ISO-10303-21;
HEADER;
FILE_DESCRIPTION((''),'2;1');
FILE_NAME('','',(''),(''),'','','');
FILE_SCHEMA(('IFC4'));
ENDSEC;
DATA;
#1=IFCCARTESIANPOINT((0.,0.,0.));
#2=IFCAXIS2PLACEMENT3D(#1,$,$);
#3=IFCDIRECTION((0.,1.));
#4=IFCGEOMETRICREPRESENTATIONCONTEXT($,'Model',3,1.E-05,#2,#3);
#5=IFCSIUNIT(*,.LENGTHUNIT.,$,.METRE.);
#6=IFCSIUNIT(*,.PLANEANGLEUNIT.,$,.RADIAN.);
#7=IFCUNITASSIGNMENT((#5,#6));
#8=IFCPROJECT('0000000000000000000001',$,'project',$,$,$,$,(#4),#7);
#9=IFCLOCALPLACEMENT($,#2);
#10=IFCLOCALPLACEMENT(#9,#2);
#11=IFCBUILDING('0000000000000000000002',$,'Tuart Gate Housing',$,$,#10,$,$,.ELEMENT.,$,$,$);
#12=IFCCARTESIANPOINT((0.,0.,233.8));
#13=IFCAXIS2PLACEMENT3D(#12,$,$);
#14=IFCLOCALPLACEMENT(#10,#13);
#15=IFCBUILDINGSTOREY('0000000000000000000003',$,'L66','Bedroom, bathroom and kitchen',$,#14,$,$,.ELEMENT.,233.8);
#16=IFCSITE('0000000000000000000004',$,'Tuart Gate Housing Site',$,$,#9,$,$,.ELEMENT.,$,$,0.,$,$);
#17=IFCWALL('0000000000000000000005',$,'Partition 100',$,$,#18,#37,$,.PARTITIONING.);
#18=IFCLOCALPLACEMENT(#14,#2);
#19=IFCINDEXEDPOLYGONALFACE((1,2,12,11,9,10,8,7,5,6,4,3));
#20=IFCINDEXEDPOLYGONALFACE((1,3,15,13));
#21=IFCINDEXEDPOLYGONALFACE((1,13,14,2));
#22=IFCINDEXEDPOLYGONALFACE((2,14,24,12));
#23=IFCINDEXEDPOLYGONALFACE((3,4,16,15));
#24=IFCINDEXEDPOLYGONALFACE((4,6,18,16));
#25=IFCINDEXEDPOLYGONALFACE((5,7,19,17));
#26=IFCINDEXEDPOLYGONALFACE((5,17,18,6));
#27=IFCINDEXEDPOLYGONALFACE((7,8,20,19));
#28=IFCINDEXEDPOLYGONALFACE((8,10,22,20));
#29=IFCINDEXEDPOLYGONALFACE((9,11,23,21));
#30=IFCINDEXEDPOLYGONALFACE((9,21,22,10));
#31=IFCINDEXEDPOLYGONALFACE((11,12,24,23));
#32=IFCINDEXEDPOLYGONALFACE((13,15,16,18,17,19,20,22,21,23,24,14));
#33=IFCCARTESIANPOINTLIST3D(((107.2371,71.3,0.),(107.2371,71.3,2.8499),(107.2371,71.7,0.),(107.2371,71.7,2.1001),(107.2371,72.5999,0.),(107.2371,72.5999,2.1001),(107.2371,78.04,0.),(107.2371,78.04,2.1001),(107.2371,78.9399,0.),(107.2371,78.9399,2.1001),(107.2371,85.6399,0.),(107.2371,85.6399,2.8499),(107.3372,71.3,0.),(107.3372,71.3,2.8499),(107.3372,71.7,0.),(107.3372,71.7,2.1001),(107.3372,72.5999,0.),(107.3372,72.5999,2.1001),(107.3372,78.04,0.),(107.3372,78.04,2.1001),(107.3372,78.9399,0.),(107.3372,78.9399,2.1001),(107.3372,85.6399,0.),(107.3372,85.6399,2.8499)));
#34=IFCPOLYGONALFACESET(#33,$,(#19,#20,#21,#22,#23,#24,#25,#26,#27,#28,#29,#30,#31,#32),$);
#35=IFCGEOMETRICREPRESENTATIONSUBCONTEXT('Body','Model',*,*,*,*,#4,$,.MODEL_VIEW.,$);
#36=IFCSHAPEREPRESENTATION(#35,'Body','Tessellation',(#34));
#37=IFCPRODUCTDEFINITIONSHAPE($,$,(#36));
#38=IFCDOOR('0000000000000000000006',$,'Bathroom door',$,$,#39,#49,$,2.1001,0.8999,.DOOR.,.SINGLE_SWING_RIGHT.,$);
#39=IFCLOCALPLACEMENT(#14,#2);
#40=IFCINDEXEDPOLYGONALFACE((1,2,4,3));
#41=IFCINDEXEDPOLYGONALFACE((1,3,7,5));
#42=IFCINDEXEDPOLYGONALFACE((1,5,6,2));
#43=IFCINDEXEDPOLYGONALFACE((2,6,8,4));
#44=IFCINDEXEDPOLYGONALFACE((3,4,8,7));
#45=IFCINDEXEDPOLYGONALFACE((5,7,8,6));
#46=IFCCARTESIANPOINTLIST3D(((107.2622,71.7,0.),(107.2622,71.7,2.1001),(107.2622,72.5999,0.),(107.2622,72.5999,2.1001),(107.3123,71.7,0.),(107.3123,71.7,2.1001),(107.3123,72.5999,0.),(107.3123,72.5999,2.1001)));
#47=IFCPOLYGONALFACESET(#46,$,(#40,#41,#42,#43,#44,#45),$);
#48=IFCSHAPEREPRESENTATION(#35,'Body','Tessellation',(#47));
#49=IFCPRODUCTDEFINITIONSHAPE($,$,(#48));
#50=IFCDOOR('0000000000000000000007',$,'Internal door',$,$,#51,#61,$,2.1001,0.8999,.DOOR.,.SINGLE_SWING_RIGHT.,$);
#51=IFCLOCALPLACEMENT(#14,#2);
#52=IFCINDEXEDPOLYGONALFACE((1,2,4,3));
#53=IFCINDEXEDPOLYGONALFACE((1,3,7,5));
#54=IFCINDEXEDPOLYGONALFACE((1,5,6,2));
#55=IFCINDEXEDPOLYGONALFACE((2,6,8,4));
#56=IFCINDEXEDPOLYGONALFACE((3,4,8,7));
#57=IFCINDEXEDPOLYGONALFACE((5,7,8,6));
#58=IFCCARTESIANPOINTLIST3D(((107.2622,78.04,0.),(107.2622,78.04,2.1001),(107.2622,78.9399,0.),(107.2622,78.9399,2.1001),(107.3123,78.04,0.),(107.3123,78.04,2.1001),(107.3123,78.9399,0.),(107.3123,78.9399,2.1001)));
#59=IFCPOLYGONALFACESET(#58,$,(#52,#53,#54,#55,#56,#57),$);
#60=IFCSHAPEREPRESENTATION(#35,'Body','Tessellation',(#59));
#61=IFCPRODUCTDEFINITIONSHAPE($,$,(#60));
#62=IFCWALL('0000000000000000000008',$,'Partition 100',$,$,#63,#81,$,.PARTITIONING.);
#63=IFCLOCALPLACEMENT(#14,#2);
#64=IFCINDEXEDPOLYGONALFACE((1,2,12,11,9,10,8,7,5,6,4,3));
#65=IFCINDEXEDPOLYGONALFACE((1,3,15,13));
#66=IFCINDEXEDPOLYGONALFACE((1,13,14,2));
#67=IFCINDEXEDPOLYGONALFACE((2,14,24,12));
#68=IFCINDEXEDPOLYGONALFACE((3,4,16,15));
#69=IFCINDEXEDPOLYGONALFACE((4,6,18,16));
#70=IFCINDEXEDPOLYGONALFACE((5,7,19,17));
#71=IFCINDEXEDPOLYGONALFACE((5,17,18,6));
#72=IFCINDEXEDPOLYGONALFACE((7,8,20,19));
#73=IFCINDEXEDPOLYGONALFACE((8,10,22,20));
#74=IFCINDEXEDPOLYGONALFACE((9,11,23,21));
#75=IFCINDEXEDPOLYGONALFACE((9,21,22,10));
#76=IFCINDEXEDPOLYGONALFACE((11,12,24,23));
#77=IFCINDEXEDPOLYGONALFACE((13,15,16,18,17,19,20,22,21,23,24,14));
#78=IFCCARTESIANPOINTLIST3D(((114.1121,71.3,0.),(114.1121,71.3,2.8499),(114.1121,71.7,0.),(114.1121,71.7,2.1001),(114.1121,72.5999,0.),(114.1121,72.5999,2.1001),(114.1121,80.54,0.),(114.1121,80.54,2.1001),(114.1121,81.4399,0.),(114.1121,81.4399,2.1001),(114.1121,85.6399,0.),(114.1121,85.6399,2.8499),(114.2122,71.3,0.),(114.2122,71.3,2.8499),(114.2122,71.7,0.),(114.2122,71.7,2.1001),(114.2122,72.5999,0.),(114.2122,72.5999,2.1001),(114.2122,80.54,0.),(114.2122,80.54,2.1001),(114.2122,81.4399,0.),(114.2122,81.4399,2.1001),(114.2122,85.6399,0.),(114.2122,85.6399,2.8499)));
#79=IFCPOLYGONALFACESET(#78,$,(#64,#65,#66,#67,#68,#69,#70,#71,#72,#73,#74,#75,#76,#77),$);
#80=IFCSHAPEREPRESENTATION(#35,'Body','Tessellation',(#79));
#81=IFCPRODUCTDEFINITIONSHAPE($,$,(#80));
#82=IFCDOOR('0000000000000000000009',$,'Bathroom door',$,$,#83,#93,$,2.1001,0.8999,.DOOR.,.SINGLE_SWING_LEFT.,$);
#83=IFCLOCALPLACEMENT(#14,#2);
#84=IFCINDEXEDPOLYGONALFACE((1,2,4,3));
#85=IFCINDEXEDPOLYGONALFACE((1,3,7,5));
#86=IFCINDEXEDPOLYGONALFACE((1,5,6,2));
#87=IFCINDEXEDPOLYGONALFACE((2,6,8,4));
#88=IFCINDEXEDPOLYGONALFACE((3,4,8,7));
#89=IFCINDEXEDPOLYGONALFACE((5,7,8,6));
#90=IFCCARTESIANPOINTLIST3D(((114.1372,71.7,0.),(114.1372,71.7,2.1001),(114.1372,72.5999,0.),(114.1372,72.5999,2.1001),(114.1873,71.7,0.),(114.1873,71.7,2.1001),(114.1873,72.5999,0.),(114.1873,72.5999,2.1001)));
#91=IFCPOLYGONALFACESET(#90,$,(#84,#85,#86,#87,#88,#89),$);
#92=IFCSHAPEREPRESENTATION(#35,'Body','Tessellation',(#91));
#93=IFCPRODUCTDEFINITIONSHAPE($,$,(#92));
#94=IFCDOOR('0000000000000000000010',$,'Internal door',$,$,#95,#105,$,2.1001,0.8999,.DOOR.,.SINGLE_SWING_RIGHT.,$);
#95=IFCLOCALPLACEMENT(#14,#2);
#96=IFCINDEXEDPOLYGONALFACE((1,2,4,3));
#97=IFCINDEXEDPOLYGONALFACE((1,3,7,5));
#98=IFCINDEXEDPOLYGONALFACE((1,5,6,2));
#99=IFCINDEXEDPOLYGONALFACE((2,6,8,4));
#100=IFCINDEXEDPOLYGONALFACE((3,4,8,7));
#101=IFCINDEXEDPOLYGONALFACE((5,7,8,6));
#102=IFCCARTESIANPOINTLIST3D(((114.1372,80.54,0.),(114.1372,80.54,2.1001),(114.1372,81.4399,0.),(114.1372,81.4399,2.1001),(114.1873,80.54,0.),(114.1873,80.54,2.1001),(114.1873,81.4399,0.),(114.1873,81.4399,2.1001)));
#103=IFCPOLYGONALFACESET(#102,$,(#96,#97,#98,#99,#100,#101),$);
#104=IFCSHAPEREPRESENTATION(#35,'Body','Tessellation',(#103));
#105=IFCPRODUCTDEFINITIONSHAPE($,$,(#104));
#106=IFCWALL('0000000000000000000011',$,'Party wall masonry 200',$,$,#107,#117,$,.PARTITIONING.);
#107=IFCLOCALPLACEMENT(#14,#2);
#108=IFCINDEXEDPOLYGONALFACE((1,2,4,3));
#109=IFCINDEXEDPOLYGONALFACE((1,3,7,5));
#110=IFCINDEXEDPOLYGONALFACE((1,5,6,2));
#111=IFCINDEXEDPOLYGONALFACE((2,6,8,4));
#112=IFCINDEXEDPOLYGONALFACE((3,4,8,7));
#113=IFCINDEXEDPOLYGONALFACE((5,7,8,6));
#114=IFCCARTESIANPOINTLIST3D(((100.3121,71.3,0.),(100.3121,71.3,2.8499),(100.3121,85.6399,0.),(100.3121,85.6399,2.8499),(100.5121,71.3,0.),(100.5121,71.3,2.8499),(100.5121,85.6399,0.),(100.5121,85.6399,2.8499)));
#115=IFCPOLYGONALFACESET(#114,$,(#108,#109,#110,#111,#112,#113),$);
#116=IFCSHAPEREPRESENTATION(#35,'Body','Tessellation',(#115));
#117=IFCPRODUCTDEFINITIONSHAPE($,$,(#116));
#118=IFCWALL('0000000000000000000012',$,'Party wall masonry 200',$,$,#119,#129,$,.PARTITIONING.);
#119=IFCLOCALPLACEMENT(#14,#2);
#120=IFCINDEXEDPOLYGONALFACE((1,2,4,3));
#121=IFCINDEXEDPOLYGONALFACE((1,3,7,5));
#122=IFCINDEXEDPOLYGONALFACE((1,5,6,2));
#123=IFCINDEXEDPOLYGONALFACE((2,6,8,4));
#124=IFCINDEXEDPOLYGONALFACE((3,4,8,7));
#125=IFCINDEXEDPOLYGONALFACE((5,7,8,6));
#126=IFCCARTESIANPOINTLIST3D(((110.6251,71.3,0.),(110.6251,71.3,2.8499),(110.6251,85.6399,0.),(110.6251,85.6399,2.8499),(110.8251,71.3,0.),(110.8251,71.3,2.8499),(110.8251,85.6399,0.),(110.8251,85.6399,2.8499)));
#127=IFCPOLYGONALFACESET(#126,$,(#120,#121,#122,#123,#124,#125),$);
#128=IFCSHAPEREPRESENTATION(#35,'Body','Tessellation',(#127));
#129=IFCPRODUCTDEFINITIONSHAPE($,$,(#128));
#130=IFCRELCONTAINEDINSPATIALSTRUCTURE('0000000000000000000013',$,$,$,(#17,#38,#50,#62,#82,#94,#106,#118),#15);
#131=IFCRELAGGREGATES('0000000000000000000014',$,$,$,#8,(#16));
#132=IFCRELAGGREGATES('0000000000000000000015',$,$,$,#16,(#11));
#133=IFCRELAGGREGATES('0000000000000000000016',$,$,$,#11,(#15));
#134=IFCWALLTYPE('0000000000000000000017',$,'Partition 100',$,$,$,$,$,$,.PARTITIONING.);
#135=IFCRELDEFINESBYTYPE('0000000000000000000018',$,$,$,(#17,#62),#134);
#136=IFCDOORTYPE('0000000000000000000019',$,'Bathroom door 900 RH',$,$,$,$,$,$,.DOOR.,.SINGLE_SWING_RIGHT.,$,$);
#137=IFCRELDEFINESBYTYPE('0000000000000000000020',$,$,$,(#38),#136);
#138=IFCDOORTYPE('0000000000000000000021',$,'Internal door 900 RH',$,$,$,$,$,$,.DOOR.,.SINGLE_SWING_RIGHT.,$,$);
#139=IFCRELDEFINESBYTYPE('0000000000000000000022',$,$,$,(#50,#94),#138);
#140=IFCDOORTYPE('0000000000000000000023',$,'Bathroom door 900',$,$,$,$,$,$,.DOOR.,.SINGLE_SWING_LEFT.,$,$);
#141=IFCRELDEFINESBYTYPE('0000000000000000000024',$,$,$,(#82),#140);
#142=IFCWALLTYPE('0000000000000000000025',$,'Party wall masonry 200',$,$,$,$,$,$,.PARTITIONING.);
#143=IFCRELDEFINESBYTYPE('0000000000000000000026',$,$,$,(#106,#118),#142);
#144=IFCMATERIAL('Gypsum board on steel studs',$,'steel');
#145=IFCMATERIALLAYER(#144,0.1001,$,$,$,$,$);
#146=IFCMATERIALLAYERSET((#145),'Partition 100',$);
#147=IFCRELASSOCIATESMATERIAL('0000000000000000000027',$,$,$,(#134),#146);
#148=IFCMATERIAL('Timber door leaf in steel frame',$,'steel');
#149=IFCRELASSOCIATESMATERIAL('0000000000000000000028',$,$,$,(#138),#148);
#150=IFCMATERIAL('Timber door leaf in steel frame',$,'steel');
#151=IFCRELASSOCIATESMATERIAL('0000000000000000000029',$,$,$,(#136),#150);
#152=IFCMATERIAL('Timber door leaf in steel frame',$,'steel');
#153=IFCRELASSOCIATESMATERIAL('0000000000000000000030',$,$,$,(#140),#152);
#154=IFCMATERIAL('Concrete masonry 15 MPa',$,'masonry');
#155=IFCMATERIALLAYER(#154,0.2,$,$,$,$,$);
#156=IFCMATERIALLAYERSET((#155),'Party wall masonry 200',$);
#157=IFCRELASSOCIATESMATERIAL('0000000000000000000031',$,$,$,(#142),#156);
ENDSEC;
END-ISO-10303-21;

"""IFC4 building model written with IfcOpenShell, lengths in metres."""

from ifc_helpers import new_model, si_unit, direction, frame, frame_2d, origin, place, context, subcontext, project, spatial, rectangle, extrude, material, layer, layer_set, type_object, element, fill, save


model = new_model("IFC4")

# Units and contexts
model_context = context("Model", 3, precision=1e-05, world=origin(), true_north=direction((0.0, 1.0)))
body_context = subcontext(model_context, "Body", "Model", "MODEL_VIEW")
ifc_project = project(units=[si_unit("LENGTHUNIT", "METRE"), si_unit("PLANEANGLEUNIT", "RADIAN")], contexts=[model_context])

# Site, building, storey
site_placement = place(None, origin())
site = spatial("IfcSite", under=ifc_project, at=site_placement, Name="Tuart Gate Housing Site", CompositionType="ELEMENT", RefElevation=0.0)
building_placement = place(site_placement, origin())
building = spatial("IfcBuilding", under=site, at=building_placement, Name="Tuart Gate Housing", CompositionType="ELEMENT")
storey_placement = place(building_placement, frame((0.0, 0.0, 233.8)))
storey = spatial("IfcBuildingStorey", under=building, at=storey_placement, Name="L66", Description="Bedroom, bathroom and kitchen", CompositionType="ELEMENT", Elevation=233.8)

# Shared definitions
ifc_material_1 = material(Name="Gypsum board on steel studs", Category="steel")
ifc_layer_1 = layer(ifc_material_1, 0.1001)
ifc_layer_set_1 = layer_set([ifc_layer_1], Name="Partition 100")
wall_type_1 = type_object("IfcWallType", Name="Partition 100", PredefinedType="PARTITIONING", material=ifc_layer_set_1)

# Shared definitions
ifc_material_2 = material(Name="Timber door leaf in steel frame", Category="steel")
door_type_1 = type_object("IfcDoorType", Name="Internal door 900 RH", OperationType="SINGLE_SWING_RIGHT", PredefinedType="DOOR", material=ifc_material_2)

# Walls, openings, doors
ifc_material_3 = material(Name="Timber door leaf in steel frame", Category="steel")
door_type_2 = type_object("IfcDoorType", Name="Bathroom door 900 RH", OperationType="SINGLE_SWING_RIGHT", PredefinedType="DOOR", material=ifc_material_3)
ifc_material_4 = material(Name="Timber door leaf in steel frame", Category="steel")
door_type_3 = type_object("IfcDoorType", Name="Bathroom door 900", OperationType="SINGLE_SWING_LEFT", PredefinedType="DOOR", material=ifc_material_4)
wall_1_placement = place(storey_placement, frame((107.2871, 71.3, 0.0), z_axis=(0.0, 0.0, 1.0), x_axis=(0.0, 1.0, 0.0)))
wall_1 = element("IfcWall", 1, at=wall_1_placement, inside=storey, type_object=wall_type_1, Name="Partition 100", PredefinedType="PARTITIONING", context=body_context, shape_type="SweptSolid", body=[
    extrude(rectangle(XDim=14.3398, YDim=0.1001, at=frame_2d((7.1699, 0.0))), origin(), (0.0, 0.0, 1.0), 2.8499),
])
opening_1_placement = place(wall_1_placement, frame((6.74, 0.0, 0.0)))
opening_1 = element("IfcOpeningElement", 2, at=opening_1_placement, cuts=wall_1, PredefinedType="OPENING", context=body_context, shape_type="SweptSolid", body=[
    extrude(rectangle(XDim=0.8999, YDim=2.1001, at=frame_2d((0.45, 1.05))), frame((0.0, 0.0601, 0.0), z_axis=(0.0, -1.0, 0.0), x_axis=(1.0, 0.0, 0.0)), (0.0, 0.0, 1.0), 0.1201),
])
opening_2_placement = place(wall_1_placement, frame((0.3999, 0.0, 0.0)))
opening_2 = element("IfcOpeningElement", 3, at=opening_2_placement, cuts=wall_1, PredefinedType="OPENING", context=body_context, shape_type="SweptSolid", body=[
    extrude(rectangle(XDim=0.8999, YDim=2.1001, at=frame_2d((0.45, 1.05))), frame((0.0, 0.0601, 0.0), z_axis=(0.0, -1.0, 0.0), x_axis=(1.0, 0.0, 0.0)), (0.0, 0.0, 1.0), 0.1201),
])
door_1_placement = place(opening_2_placement, frame((0.8999, 0.0, 0.0), z_axis=(0.0, 0.0, 1.0), x_axis=(-1.0, 0.0, 0.0)))
door_1 = element("IfcDoor", 4, at=door_1_placement, inside=storey, type_object=door_type_2, Name="Bathroom door", OperationType="SINGLE_SWING_RIGHT", OverallHeight=2.1001, OverallWidth=0.8999, PredefinedType="DOOR", context=body_context, shape_type="SweptSolid", body=[
    extrude(rectangle(XDim=0.8999, YDim=2.1001, at=frame_2d((0.45, 1.05))), frame((0.0, 0.0251, 0.0), z_axis=(0.0, -1.0, 0.0), x_axis=(1.0, 0.0, 0.0)), (0.0, 0.0, 1.0), 0.05),
])
fill(opening_2, door_1)
door_2_placement = place(opening_1_placement, frame((0.8999, 0.0, 0.0), z_axis=(0.0, 0.0, 1.0), x_axis=(-1.0, 0.0, 0.0)))
door_2 = element("IfcDoor", 5, at=door_2_placement, inside=storey, type_object=door_type_1, Name="Internal door", OperationType="SINGLE_SWING_RIGHT", OverallHeight=2.1001, OverallWidth=0.8999, PredefinedType="DOOR", context=body_context, shape_type="SweptSolid", body=[
    extrude(rectangle(XDim=0.8999, YDim=2.1001, at=frame_2d((0.45, 1.05))), frame((0.0, 0.0251, 0.0), z_axis=(0.0, -1.0, 0.0), x_axis=(1.0, 0.0, 0.0)), (0.0, 0.0, 1.0), 0.05),
])
fill(opening_1, door_2)
wall_2_placement = place(storey_placement, frame((114.1621, 71.3, 0.0), z_axis=(0.0, 0.0, 1.0), x_axis=(0.0, 1.0, 0.0)))
wall_2 = element("IfcWall", 6, at=wall_2_placement, inside=storey, type_object=wall_type_1, Name="Partition 100", PredefinedType="PARTITIONING", context=body_context, shape_type="SweptSolid", body=[
    extrude(rectangle(XDim=14.3398, YDim=0.1001, at=frame_2d((7.1699, 0.0))), origin(), (0.0, 0.0, 1.0), 2.8499),
])
opening_3_placement = place(wall_2_placement, frame((9.24, 0.0, 0.0)))
opening_3 = element("IfcOpeningElement", 7, at=opening_3_placement, cuts=wall_2, PredefinedType="OPENING", context=body_context, shape_type="SweptSolid", body=[
    extrude(rectangle(XDim=0.8999, YDim=2.1001, at=frame_2d((0.45, 1.05))), frame((0.0, 0.0601, 0.0), z_axis=(0.0, -1.0, 0.0), x_axis=(1.0, 0.0, 0.0)), (0.0, 0.0, 1.0), 0.1201),
])
opening_4_placement = place(wall_2_placement, frame((0.3999, 0.0, 0.0)))
opening_4 = element("IfcOpeningElement", 8, at=opening_4_placement, cuts=wall_2, PredefinedType="OPENING", context=body_context, shape_type="SweptSolid", body=[
    extrude(rectangle(XDim=0.8999, YDim=2.1001, at=frame_2d((0.45, 1.05))), frame((0.0, 0.0601, 0.0), z_axis=(0.0, -1.0, 0.0), x_axis=(1.0, 0.0, 0.0)), (0.0, 0.0, 1.0), 0.1201),
])
door_3_placement = place(opening_4_placement, origin())
door_3 = element("IfcDoor", 9, at=door_3_placement, inside=storey, type_object=door_type_3, Name="Bathroom door", OperationType="SINGLE_SWING_LEFT", OverallHeight=2.1001, OverallWidth=0.8999, PredefinedType="DOOR", context=body_context, shape_type="SweptSolid", body=[
    extrude(rectangle(XDim=0.8999, YDim=2.1001, at=frame_2d((0.45, 1.05))), frame((0.0, 0.0249, 0.0), z_axis=(0.0, -1.0, 0.0), x_axis=(1.0, 0.0, 0.0)), (0.0, 0.0, 1.0), 0.05),
])
fill(opening_4, door_3)
door_4_placement = place(opening_3_placement, origin())
door_4 = element("IfcDoor", 10, at=door_4_placement, inside=storey, type_object=door_type_1, Name="Internal door", OperationType="SINGLE_SWING_RIGHT", OverallHeight=2.1001, OverallWidth=0.8999, PredefinedType="DOOR", context=body_context, shape_type="SweptSolid", body=[
    extrude(rectangle(XDim=0.8999, YDim=2.1001, at=frame_2d((0.45, 1.05))), frame((0.0, 0.0249, 0.0), z_axis=(0.0, -1.0, 0.0), x_axis=(1.0, 0.0, 0.0)), (0.0, 0.0, 1.0), 0.05),
])
fill(opening_3, door_4)

# Walls
ifc_material_5 = material(Name="Concrete masonry 15 MPa", Category="masonry")
ifc_layer_2 = layer(ifc_material_5, 0.2)
ifc_layer_set_2 = layer_set([ifc_layer_2], Name="Party wall masonry 200")
wall_type_2 = type_object("IfcWallType", Name="Party wall masonry 200", PredefinedType="PARTITIONING", material=ifc_layer_set_2)
for number, where, z_axis, x_axis, name in (
    (11, (100.4121, 71.3, 0.0), (0.0, 0.0, 1.0), (0.0, 1.0, 0.0), "Party wall masonry 200"),
    (12, (110.7251, 71.3, 0.0), (0.0, 0.0, 1.0), (0.0, 1.0, 0.0), "Party wall masonry 200"),
):
    element("IfcWall", number, at=place(storey_placement, frame(where, z_axis=z_axis, x_axis=x_axis)), inside=storey, type_object=wall_type_2, Name=name, PredefinedType="PARTITIONING", context=body_context, shape_type="SweptSolid", body=[
        extrude(rectangle(XDim=14.3398, YDim=0.2, at=frame_2d((7.1699, 0.0))), origin(), (0.0, 0.0, 1.0), 2.8499),
    ])

save(model, "model.ifc")
